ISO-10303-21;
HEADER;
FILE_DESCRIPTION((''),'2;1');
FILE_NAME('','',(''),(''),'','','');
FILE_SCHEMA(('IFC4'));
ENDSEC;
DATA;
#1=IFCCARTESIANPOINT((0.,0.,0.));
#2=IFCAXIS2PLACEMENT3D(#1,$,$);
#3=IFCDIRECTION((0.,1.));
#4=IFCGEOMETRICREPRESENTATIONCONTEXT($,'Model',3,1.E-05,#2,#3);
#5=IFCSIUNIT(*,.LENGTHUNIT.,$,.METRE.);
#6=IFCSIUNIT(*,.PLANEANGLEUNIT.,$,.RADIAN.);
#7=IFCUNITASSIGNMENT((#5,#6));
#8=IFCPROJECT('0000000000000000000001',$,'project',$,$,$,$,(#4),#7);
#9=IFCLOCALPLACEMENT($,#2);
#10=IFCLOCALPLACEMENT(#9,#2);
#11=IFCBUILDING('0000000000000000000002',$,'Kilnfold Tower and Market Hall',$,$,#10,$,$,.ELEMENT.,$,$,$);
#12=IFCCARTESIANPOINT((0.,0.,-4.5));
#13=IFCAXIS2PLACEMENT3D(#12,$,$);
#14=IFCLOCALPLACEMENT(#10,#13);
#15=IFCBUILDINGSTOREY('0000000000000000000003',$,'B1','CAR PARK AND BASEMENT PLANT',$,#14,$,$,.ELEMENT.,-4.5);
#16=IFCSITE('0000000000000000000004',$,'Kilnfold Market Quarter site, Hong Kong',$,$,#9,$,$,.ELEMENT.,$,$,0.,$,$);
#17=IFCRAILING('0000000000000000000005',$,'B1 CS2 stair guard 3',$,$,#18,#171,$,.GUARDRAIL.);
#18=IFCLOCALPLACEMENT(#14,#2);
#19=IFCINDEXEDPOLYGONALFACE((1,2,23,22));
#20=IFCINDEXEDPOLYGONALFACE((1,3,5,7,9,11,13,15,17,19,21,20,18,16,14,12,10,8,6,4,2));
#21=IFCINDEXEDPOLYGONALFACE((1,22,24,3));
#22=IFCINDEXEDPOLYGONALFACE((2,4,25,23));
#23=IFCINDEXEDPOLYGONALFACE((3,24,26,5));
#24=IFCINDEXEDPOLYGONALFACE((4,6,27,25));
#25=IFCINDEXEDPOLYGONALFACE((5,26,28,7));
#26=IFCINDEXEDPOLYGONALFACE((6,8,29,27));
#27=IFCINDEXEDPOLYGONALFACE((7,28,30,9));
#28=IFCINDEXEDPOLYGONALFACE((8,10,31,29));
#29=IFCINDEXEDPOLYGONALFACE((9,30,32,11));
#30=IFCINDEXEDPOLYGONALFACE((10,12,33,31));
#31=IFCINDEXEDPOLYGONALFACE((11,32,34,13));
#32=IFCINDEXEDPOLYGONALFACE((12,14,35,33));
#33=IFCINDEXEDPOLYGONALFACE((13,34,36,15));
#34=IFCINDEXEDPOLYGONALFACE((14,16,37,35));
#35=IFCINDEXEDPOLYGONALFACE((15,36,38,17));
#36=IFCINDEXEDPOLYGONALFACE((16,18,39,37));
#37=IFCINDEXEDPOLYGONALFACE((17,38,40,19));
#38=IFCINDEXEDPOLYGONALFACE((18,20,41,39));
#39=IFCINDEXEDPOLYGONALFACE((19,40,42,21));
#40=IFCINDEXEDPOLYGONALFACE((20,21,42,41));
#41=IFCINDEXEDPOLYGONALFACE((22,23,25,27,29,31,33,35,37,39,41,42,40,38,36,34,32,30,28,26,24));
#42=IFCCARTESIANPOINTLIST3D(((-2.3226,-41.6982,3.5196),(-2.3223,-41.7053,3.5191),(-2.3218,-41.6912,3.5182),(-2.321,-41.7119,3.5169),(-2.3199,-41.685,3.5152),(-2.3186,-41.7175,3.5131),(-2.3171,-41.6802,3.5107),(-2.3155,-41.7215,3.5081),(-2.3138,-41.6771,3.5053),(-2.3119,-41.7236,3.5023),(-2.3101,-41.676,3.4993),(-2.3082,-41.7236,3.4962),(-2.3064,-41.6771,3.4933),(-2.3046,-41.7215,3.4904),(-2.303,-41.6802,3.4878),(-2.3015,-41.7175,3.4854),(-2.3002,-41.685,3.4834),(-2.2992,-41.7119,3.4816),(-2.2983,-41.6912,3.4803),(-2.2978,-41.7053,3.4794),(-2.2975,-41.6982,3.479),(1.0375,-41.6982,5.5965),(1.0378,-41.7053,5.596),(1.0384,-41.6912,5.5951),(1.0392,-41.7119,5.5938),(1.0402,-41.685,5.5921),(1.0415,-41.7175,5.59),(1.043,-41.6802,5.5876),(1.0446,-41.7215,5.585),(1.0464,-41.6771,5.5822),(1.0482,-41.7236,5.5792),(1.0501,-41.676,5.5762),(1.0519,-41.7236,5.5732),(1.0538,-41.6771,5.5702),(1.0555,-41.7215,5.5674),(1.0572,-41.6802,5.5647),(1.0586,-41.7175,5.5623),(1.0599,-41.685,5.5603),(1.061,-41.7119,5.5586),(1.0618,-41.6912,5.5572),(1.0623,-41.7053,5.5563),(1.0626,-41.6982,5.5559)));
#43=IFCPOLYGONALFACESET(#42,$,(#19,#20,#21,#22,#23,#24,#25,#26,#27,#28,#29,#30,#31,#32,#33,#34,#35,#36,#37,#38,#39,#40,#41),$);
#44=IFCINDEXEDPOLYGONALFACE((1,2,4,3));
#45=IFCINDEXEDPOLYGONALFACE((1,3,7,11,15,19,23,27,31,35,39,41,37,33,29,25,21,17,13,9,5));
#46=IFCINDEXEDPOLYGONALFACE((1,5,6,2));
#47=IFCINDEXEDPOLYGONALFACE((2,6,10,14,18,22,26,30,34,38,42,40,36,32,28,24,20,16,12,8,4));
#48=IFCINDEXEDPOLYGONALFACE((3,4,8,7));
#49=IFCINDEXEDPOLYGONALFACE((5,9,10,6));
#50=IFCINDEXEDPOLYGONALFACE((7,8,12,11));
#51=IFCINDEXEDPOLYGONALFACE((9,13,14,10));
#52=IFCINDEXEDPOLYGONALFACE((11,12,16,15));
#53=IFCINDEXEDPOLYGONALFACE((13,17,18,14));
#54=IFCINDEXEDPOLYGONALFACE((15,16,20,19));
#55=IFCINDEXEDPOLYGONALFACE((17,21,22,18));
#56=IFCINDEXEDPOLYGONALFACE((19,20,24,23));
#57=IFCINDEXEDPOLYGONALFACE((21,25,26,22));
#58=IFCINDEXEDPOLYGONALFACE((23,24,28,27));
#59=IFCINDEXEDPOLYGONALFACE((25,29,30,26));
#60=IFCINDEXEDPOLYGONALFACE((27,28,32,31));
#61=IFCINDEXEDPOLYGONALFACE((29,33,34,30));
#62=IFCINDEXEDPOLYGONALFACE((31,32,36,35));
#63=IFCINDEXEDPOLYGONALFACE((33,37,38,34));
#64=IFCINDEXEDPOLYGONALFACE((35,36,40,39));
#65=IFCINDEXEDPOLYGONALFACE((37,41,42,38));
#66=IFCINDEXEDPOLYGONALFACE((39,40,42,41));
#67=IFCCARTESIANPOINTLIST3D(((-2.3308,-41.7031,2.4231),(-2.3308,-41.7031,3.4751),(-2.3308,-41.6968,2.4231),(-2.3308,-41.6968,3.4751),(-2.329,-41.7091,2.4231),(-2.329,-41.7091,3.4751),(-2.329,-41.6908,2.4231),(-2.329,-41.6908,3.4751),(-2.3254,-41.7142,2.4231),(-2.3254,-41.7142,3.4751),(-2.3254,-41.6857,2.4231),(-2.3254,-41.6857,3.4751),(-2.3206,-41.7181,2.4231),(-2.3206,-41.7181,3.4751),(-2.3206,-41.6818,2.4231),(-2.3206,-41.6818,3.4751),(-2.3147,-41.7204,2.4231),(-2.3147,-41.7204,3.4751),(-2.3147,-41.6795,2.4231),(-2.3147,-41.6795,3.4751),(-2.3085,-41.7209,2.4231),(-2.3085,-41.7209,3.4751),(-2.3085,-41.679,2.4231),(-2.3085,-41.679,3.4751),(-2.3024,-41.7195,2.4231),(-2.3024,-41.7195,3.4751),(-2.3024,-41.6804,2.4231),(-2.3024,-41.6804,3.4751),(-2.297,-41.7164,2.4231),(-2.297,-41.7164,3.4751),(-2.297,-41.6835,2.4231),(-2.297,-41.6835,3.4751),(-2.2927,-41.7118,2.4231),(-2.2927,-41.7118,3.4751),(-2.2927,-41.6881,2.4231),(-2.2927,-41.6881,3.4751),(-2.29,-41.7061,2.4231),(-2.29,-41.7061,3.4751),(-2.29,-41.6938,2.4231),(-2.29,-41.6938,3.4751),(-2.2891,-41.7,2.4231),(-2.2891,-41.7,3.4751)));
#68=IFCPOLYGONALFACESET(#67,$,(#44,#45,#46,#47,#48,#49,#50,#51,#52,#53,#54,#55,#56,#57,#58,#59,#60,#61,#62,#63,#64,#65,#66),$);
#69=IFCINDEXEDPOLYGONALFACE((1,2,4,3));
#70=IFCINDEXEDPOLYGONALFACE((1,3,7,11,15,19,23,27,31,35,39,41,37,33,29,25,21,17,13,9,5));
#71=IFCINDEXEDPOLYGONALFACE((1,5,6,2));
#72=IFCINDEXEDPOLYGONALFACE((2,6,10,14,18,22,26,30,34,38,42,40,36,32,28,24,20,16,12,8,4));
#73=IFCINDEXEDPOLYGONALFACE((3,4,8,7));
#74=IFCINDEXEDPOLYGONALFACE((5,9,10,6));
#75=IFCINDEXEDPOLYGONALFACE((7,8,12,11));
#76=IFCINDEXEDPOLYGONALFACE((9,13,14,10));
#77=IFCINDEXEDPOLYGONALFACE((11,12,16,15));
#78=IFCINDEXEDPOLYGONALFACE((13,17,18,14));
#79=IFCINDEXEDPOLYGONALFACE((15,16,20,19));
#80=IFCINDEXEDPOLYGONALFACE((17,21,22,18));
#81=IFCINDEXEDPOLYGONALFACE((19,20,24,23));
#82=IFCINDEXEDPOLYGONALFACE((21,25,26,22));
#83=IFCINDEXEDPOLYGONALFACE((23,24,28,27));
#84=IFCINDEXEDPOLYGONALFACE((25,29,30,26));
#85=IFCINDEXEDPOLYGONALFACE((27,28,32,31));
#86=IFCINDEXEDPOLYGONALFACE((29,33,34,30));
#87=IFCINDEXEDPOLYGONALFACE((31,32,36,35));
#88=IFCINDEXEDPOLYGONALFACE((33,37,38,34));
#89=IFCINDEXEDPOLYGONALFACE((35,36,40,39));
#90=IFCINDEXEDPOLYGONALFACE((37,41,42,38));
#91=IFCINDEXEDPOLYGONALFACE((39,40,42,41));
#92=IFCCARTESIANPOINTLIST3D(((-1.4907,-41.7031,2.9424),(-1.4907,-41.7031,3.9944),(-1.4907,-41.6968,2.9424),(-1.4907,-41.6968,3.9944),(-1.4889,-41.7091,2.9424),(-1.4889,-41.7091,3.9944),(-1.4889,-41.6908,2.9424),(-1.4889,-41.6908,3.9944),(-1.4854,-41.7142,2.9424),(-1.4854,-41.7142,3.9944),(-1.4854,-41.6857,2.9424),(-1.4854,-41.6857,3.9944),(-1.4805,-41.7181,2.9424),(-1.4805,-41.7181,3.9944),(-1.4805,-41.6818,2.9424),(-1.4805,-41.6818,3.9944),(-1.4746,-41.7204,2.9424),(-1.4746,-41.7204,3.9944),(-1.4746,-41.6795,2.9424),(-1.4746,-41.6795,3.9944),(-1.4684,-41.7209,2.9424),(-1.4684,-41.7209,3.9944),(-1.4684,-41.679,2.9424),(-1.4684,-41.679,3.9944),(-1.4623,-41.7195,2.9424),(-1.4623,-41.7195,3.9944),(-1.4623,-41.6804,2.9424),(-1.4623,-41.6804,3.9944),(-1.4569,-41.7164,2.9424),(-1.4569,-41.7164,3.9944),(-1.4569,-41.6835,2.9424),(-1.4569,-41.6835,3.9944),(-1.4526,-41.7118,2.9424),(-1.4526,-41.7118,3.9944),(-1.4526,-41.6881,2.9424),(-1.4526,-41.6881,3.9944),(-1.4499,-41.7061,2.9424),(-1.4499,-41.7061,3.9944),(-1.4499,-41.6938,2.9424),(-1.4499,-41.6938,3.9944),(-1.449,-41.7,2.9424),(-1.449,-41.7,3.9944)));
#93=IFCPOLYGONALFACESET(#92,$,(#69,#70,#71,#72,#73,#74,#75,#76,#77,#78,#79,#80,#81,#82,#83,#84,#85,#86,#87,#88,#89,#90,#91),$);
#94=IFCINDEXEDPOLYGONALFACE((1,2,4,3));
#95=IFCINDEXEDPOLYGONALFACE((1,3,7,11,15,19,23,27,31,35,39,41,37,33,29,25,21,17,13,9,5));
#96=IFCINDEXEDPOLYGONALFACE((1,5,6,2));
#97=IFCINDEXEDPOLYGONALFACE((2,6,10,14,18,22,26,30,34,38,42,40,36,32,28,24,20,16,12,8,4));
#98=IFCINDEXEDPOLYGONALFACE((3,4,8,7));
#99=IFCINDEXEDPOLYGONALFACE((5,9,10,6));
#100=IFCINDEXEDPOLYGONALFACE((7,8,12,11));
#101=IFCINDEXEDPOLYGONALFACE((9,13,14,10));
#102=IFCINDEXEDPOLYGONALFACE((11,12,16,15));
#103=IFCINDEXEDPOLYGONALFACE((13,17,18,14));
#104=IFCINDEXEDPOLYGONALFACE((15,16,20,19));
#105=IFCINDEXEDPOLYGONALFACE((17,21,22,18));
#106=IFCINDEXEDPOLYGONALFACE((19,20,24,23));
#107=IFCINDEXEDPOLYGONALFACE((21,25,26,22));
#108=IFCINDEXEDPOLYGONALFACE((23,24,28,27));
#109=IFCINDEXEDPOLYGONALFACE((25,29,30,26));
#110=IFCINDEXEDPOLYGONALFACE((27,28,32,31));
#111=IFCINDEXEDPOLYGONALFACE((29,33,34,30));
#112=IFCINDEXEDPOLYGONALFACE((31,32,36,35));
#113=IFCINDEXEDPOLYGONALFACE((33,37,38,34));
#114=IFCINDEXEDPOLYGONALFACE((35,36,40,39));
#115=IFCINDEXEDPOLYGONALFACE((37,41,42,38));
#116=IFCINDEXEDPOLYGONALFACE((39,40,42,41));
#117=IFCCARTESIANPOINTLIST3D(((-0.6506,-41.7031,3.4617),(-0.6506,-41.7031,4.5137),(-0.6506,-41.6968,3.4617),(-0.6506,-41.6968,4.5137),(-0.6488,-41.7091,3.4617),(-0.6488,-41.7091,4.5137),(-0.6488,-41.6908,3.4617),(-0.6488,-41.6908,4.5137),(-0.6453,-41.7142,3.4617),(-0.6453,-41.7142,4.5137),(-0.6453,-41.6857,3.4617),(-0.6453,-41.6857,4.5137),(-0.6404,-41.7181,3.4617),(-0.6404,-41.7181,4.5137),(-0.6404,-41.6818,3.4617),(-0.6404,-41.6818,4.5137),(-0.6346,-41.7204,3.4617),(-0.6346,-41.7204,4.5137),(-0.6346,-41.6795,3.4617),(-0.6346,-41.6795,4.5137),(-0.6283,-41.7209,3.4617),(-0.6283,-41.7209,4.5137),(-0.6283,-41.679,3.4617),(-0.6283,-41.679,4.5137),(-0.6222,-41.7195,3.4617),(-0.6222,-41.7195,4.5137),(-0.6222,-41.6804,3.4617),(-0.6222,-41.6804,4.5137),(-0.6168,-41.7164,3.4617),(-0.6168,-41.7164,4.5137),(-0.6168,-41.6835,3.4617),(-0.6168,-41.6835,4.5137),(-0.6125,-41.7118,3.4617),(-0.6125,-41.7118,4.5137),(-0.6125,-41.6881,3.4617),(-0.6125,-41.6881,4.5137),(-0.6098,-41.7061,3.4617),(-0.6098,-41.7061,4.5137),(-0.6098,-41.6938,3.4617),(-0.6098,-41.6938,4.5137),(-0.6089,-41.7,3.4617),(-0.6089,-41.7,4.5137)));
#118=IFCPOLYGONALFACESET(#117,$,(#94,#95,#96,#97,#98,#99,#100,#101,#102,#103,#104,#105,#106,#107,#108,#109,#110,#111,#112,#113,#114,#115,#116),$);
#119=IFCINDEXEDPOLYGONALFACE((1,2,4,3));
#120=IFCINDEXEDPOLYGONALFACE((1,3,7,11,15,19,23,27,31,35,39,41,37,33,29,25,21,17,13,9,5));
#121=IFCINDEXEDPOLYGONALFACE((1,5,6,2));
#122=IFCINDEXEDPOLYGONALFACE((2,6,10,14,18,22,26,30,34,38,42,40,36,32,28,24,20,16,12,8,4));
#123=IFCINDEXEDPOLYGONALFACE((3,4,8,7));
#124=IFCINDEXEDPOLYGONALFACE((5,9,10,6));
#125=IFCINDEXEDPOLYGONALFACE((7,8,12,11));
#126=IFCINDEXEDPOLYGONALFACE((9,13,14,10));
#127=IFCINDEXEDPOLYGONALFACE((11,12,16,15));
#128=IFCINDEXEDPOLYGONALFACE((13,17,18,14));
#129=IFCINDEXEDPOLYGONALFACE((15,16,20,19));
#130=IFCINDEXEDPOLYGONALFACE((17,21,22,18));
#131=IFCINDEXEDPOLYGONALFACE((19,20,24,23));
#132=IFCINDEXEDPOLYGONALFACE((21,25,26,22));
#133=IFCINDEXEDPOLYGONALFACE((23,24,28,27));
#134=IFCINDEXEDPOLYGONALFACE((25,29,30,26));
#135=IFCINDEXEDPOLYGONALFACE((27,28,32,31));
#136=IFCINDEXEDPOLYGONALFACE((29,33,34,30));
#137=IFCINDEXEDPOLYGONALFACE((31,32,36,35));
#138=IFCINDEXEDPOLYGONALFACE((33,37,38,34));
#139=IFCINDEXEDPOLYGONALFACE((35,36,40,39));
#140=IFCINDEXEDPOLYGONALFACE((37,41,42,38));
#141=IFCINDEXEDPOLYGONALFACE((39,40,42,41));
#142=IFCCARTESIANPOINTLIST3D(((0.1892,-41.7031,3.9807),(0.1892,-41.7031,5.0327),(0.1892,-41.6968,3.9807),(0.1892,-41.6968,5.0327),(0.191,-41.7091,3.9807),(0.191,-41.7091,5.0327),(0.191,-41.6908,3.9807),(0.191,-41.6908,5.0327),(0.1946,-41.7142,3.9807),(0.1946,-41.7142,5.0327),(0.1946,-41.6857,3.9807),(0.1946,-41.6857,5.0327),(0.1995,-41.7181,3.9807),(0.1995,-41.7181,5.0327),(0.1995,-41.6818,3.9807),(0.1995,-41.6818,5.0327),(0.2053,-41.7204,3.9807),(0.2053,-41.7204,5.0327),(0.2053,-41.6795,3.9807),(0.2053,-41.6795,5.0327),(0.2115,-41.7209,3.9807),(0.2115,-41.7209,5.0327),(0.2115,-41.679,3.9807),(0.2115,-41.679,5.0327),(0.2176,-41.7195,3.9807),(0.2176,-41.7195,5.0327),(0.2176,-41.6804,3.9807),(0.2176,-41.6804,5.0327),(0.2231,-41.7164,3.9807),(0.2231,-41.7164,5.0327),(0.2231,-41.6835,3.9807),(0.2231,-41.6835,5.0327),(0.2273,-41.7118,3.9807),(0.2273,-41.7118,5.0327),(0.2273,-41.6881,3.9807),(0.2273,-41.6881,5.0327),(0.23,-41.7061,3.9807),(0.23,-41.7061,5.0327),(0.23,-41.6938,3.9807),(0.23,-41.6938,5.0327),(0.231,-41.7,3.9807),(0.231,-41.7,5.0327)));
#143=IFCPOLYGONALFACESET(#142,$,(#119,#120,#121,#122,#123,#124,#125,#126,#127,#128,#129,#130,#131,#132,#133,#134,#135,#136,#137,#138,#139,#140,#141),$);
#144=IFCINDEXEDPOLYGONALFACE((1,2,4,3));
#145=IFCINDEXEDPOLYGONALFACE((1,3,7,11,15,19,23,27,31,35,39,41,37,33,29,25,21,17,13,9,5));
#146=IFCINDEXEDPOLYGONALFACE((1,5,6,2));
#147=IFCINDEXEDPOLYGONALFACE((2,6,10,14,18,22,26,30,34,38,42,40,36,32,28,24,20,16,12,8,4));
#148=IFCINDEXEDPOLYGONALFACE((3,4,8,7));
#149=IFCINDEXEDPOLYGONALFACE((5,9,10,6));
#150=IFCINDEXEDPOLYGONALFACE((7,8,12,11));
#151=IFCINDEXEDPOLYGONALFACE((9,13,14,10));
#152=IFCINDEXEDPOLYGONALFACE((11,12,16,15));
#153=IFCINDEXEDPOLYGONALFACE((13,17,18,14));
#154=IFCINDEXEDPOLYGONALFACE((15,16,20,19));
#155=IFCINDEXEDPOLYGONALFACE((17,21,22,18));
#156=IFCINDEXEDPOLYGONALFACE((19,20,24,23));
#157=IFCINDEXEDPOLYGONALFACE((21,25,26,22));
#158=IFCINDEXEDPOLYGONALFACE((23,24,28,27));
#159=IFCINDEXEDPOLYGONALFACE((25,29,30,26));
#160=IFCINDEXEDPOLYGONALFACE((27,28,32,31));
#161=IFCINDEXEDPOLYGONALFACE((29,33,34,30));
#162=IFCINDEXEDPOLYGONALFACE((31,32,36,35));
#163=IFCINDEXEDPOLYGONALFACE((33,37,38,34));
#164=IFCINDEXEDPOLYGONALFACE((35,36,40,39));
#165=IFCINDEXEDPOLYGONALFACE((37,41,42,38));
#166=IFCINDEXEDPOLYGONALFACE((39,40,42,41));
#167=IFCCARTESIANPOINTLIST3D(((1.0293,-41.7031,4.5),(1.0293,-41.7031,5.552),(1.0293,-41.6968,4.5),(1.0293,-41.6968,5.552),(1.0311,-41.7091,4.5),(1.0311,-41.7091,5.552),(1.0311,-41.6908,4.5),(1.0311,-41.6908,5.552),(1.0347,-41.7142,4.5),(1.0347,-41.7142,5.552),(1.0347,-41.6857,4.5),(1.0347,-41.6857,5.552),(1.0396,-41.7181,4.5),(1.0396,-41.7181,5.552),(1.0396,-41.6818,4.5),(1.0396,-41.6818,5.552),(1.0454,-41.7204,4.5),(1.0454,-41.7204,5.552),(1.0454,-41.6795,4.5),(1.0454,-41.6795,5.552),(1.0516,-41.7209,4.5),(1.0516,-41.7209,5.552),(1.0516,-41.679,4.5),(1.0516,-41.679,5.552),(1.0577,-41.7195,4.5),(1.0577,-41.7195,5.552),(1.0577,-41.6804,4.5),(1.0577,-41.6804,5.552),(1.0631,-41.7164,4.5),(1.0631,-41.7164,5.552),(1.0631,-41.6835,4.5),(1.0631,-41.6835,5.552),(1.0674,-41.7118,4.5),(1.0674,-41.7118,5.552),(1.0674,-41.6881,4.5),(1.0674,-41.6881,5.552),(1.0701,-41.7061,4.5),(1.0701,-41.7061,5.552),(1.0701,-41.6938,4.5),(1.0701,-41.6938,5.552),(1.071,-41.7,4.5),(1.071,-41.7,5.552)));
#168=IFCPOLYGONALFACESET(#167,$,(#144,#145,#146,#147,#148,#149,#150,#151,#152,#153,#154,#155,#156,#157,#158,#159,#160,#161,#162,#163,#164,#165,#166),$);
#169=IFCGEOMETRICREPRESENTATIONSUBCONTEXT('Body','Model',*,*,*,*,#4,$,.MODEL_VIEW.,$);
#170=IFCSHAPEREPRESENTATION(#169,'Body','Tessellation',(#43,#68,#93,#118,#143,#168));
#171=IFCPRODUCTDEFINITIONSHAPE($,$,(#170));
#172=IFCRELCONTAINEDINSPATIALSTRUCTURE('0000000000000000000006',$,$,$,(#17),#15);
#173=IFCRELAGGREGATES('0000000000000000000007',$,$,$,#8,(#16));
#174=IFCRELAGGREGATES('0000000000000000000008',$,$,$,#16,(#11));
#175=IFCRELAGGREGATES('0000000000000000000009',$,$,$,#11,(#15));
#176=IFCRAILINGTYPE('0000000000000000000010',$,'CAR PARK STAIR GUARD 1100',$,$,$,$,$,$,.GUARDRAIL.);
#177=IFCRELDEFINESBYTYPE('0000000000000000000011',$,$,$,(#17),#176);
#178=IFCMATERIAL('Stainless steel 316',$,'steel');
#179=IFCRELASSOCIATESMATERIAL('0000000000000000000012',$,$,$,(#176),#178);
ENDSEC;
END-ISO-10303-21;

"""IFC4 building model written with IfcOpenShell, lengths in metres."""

from ifc_helpers import new_model, si_unit, direction, frame, origin, origin_2d, place, context, subcontext, project, spatial, circle, extrude, material, type_object, element, save


model = new_model("IFC4")

# Units and contexts
model_context = context("Model", 3, precision=1e-05, world=origin(), true_north=direction((0.0, 1.0)))
body_context = subcontext(model_context, "Body", "Model", "MODEL_VIEW")
ifc_project = project(units=[si_unit("LENGTHUNIT", "METRE"), si_unit("PLANEANGLEUNIT", "RADIAN")], contexts=[model_context])

# Site, building, storey
site_placement = place(None, origin())
site = spatial("IfcSite", under=ifc_project, at=site_placement, Name="Kilnfold Market Quarter site, Hong Kong", CompositionType="ELEMENT", RefElevation=0.0)
building_placement = place(site_placement, origin())
building = spatial("IfcBuilding", under=site, at=building_placement, Name="Kilnfold Tower and Market Hall", CompositionType="ELEMENT")
storey_placement = place(building_placement, frame((0.0, 0.0, -4.5)))
storey = spatial("IfcBuildingStorey", under=building, at=storey_placement, Name="B1", Description="CAR PARK AND BASEMENT PLANT", CompositionType="ELEMENT", Elevation=-4.5)

# Railing
ifc_material_1 = material(Name="Stainless steel 316", Category="steel")
railing_type_1 = type_object("IfcRailingType", Name="CAR PARK STAIR GUARD 1100", PredefinedType="GUARDRAIL", material=ifc_material_1)
railing_1_placement = place(storey_placement, frame((-2.3101, -41.7, 2.4231)))
element("IfcRailing", 1, at=railing_1_placement, inside=storey, type_object=railing_type_1, Name="B1 CS2 stair guard 3", PredefinedType="GUARDRAIL", context=body_context, shape_type="SweptSolid", body=[
    extrude(circle(Radius=0.0239, at=origin_2d()), frame((0.0, 0.0, 1.0762), z_axis=(0.850623, 0.0, 0.525776), x_axis=(0.0, 1.0, 0.0)), (0.0, 0.0, 1.0), 3.9502),
    extrude(circle(Radius=0.021, at=origin_2d()), origin(), (0.0, 0.0, 1.0), 1.052),
    extrude(circle(Radius=0.021, at=origin_2d()), frame((0.8401, 0.0, 0.5193)), (0.0, 0.0, 1.0), 1.052),
    extrude(circle(Radius=0.021, at=origin_2d()), frame((1.6802, 0.0, 1.0386)), (0.0, 0.0, 1.0), 1.052),
    extrude(circle(Radius=0.021, at=origin_2d()), frame((2.52, 0.0, 1.5576)), (0.0, 0.0, 1.0), 1.052),
    extrude(circle(Radius=0.021, at=origin_2d()), frame((3.3601, 0.0, 2.0769)), (0.0, 0.0, 1.0), 1.052),
])

save(model, "model.ifc")
